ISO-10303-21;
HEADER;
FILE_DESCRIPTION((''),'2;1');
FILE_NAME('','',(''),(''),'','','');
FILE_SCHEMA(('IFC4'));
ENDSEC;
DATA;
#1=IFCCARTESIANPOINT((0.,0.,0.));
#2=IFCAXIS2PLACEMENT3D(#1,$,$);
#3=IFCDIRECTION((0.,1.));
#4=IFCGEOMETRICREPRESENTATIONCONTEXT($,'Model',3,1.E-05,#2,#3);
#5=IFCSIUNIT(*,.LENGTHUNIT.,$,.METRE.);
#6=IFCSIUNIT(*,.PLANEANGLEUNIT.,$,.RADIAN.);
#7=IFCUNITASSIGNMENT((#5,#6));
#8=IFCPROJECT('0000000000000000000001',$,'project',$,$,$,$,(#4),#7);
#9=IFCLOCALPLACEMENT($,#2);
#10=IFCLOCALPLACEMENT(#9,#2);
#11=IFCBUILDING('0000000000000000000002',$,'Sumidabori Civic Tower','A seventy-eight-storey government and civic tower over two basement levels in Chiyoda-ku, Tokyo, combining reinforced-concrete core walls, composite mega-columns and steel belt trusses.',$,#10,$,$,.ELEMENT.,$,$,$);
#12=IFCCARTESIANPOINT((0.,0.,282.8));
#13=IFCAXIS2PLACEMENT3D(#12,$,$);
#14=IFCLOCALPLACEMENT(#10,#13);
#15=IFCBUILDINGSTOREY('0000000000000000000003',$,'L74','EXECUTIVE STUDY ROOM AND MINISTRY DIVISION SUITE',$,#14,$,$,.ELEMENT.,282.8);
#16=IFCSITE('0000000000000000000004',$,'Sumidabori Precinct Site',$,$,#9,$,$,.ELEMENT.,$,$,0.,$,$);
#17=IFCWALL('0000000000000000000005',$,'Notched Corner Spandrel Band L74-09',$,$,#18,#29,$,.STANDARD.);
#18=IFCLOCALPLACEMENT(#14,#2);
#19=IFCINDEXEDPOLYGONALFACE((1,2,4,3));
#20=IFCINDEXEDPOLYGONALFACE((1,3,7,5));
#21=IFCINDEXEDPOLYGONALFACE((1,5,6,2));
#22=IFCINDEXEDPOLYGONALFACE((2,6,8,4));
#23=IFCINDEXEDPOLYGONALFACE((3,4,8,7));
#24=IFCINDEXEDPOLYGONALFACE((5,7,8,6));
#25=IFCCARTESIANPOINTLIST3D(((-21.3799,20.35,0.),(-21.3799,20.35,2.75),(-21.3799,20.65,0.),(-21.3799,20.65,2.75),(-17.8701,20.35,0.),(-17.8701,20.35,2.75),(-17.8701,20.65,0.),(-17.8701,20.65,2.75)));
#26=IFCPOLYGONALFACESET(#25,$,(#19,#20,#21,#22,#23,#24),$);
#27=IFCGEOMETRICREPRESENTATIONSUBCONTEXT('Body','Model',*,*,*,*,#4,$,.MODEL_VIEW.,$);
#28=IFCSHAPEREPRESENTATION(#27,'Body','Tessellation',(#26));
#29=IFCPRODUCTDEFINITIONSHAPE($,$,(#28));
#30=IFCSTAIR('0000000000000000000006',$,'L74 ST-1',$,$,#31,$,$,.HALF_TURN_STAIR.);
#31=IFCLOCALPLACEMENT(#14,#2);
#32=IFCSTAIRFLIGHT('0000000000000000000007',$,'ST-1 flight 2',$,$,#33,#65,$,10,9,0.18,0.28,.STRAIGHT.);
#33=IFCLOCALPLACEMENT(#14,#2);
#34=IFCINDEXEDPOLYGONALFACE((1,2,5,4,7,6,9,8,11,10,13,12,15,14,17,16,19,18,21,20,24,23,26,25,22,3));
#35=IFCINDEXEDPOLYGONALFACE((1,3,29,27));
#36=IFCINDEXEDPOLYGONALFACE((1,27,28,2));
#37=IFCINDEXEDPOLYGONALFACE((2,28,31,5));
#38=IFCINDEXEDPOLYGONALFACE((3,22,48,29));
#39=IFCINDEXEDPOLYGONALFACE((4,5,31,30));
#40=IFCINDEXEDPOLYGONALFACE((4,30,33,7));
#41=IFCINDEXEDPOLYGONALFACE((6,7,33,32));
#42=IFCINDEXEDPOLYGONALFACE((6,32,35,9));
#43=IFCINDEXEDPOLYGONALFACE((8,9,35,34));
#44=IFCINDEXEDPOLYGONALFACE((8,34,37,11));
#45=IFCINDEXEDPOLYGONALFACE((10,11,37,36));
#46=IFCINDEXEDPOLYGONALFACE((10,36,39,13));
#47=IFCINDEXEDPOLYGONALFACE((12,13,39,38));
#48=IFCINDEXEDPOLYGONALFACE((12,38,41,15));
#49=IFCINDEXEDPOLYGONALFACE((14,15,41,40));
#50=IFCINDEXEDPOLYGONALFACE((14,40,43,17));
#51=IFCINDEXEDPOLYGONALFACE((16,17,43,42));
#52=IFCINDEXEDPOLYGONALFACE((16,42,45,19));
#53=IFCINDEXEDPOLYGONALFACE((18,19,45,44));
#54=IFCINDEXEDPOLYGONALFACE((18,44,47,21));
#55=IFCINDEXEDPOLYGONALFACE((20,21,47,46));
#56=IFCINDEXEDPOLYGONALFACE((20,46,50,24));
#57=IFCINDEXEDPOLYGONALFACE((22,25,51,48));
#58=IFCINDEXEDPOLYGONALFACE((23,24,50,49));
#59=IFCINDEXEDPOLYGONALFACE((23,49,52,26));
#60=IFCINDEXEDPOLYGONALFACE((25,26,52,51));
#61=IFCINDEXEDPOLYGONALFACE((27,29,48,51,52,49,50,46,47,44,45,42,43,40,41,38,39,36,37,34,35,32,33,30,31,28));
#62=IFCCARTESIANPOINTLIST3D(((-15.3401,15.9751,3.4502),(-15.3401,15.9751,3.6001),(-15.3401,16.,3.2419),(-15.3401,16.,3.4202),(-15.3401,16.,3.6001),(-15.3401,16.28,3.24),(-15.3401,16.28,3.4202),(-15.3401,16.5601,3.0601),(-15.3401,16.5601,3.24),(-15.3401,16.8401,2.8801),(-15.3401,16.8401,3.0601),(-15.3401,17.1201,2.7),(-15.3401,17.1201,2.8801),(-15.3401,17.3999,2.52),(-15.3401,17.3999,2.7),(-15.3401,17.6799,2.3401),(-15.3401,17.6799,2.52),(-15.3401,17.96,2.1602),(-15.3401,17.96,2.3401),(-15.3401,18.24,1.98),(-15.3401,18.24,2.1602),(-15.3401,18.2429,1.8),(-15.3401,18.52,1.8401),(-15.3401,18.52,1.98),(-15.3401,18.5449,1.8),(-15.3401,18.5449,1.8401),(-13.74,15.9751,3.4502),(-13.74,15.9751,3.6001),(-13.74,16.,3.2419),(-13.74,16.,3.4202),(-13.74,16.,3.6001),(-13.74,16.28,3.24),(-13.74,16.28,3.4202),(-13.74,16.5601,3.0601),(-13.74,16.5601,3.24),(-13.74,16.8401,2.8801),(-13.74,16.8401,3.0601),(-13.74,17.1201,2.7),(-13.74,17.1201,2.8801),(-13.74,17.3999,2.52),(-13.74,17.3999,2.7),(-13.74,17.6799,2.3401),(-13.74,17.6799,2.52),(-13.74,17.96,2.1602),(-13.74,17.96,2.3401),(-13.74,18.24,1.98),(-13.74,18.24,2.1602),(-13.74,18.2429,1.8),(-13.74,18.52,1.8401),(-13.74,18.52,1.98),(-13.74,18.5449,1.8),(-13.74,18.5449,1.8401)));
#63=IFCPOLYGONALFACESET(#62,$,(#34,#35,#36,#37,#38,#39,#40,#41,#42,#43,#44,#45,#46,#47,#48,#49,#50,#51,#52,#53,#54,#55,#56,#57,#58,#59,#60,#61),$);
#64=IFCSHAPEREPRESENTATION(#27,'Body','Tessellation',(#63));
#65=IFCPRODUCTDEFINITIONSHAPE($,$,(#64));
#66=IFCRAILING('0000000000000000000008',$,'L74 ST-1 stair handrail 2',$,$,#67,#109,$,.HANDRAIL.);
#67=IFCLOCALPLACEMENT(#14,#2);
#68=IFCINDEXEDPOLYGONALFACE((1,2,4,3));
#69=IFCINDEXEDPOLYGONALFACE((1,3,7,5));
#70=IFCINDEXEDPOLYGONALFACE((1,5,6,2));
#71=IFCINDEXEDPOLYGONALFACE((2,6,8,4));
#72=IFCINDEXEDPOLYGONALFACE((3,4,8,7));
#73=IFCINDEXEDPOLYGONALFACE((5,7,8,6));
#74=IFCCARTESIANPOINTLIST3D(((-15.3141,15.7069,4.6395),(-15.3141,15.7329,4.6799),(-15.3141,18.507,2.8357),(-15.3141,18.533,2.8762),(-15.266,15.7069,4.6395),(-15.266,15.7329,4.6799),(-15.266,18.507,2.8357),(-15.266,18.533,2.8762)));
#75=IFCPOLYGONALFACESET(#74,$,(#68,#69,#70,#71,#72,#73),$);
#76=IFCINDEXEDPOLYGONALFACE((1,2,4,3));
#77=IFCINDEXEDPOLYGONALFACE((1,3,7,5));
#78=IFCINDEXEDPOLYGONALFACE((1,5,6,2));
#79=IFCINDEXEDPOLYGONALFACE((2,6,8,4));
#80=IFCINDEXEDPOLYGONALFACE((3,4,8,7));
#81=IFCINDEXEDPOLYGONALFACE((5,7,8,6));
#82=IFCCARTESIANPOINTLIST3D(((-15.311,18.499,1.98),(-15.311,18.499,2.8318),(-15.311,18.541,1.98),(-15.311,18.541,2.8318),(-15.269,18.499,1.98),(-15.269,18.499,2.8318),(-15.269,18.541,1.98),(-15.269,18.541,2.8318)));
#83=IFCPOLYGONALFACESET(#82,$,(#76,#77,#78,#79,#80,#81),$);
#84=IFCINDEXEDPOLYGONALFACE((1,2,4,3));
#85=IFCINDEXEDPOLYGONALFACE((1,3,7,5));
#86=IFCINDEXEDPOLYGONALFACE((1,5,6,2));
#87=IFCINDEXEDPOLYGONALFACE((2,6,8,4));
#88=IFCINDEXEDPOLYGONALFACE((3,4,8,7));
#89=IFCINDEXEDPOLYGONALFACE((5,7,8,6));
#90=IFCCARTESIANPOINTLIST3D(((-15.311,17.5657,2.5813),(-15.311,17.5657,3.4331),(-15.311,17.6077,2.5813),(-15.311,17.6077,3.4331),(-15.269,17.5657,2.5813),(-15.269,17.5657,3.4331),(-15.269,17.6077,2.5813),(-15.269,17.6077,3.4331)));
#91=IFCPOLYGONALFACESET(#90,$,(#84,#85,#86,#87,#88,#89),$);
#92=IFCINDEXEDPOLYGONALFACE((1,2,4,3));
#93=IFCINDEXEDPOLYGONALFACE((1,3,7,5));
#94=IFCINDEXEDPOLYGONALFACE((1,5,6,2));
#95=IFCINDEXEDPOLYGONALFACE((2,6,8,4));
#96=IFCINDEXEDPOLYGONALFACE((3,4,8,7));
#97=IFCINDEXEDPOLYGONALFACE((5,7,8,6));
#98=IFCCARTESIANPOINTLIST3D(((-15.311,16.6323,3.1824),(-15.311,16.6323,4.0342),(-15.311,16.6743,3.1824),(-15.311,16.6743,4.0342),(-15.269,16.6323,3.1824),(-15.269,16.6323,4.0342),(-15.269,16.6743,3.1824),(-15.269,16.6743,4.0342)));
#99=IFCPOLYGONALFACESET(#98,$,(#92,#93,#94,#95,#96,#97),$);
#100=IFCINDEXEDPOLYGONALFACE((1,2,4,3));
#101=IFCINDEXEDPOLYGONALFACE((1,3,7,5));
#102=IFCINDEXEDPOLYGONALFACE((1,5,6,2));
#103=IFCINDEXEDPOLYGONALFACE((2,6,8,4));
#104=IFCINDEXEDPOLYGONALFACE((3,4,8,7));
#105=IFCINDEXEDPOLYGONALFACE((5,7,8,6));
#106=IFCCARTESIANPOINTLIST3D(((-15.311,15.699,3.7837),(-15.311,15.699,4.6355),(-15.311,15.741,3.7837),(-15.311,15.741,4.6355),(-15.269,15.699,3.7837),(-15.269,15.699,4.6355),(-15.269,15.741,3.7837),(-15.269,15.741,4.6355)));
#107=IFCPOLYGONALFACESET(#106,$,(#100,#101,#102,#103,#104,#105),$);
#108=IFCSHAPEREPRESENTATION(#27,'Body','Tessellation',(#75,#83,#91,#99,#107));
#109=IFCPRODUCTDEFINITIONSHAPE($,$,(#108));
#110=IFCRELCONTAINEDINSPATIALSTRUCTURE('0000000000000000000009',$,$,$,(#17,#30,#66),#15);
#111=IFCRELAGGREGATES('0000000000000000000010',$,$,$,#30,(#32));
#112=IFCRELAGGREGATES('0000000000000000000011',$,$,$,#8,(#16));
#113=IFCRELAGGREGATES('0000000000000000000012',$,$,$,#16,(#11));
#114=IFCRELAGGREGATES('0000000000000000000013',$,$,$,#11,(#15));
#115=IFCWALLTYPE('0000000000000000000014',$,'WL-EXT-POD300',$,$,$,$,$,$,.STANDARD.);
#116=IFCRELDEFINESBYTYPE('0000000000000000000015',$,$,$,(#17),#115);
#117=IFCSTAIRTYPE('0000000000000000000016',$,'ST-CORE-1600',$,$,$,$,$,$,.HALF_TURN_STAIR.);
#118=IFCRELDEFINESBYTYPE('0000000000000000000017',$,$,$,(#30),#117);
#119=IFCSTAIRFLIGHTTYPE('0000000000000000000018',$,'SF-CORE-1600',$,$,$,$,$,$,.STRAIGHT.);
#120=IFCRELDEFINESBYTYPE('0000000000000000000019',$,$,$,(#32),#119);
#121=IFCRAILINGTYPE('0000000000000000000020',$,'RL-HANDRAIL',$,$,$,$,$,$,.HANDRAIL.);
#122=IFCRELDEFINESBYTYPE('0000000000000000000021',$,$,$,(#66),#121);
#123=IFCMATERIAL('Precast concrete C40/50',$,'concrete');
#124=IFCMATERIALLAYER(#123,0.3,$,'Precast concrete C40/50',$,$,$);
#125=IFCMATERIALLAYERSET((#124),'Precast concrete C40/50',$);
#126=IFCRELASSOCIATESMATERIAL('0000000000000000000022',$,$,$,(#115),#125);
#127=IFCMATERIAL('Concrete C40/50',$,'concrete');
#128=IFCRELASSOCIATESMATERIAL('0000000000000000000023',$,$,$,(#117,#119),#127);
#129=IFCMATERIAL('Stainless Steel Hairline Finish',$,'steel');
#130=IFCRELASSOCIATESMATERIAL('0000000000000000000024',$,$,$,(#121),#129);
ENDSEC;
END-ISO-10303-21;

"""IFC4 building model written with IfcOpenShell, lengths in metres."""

from ifc_helpers import new_model, si_unit, direction, frame, frame_2d, origin, origin_2d, place, context, subcontext, project, spatial, polyline, rectangle, outline, extrude, source, transform, mapped, material, layer, layer_set, type_object, element, aggregate, save


model = new_model("IFC4")

# Units and contexts
model_context = context("Model", 3, precision=1e-05, world=origin(), true_north=direction((0.0, 1.0)))
body_context = subcontext(model_context, "Body", "Model", "MODEL_VIEW")
ifc_project = project(units=[si_unit("LENGTHUNIT", "METRE"), si_unit("PLANEANGLEUNIT", "RADIAN")], contexts=[model_context])

# Site, building, storey
site_placement = place(None, origin())
site = spatial("IfcSite", under=ifc_project, at=site_placement, Name="Sumidabori Precinct Site", CompositionType="ELEMENT", RefElevation=0.0)
building_placement = place(site_placement, origin())
building = spatial("IfcBuilding", under=site, at=building_placement, Name="Sumidabori Civic Tower", Description="A seventy-eight-storey government and civic tower over two basement levels in Chiyoda-ku, Tokyo, combining reinforced-concrete core walls, composite mega-columns and steel belt trusses.", CompositionType="ELEMENT")
storey_placement = place(building_placement, frame((0.0, 0.0, 282.8)))
storey = spatial("IfcBuildingStorey", under=building, at=storey_placement, Name="L74", Description="EXECUTIVE STUDY ROOM AND MINISTRY DIVISION SUITE", CompositionType="ELEMENT", Elevation=282.8)

# Wall
ifc_material_1 = material(Name="Precast concrete C40/50", Category="concrete")
ifc_layer_1 = layer(ifc_material_1, 0.3, Name="Precast concrete C40/50")
ifc_layer_set_1 = layer_set([ifc_layer_1], Name="Precast concrete C40/50")
wall_type_1 = type_object("IfcWallType", Name="WL-EXT-POD300", PredefinedType="STANDARD", material=ifc_layer_set_1)
shared_shape_1 = source(origin(), body_context, "Body", "SweptSolid", [
    extrude(rectangle(XDim=3.5098, YDim=0.3, at=frame_2d((1.7549, 0.0))), origin(), (0.0, 0.0, 1.0), 2.75),
])
wall_1_placement = place(storey_placement, frame((-17.8701, 20.5, 0.0), z_axis=(0.0, 0.0, 1.0), x_axis=(-1.0, 0.0, 0.0)))
element("IfcWall", 1, at=wall_1_placement, inside=storey, type_object=wall_type_1, Name="Notched Corner Spandrel Band L74-09", PredefinedType="STANDARD", context=body_context, shape_type="MappedRepresentation", body=[
    mapped(shared_shape_1, transform((0.0, 0.0, 0.0), x_axis=(1.0, 0.0, 0.0), y_axis=(0.0, 1.0, 0.0), z_axis=(0.0, 0.0, 1.0), scale=1.0)),
])

# Stair, stair flight
ifc_material_2 = material(Name="Concrete C40/50", Category="concrete")
stair_type = type_object("IfcStairType", Name="ST-CORE-1600", PredefinedType="HALF_TURN_STAIR", material=ifc_material_2)
stair_placement = place(storey_placement, origin())
stair = element("IfcStair", 2, at=stair_placement, inside=storey, type_object=stair_type, Name="L74 ST-1", PredefinedType="HALF_TURN_STAIR")
stair_flight_type = type_object("IfcStairFlightType", Name="SF-CORE-1600", PredefinedType="STRAIGHT", material=ifc_material_2)
shared_shape_2 = source(origin(), body_context, "Body", "SweptSolid", [
    extrude(outline(polyline([(-0.0249, 0.0), (-0.0249, 0.04), (0.0, 0.04), (0.0, 0.1799), (0.28, 0.1799), (0.28, 0.3601), (0.5601, 0.3601), (0.5601, 0.54), (0.8401, 0.54), (0.8401, 0.72), (1.1201, 0.72), (1.1201, 0.8999), (1.3999, 0.8999), (1.3999, 1.0801), (1.6799, 1.0801), (1.6799, 1.26), (1.96, 1.26), (1.96, 1.4399), (2.24, 1.4399), (2.24, 1.6201), (2.52, 1.6201), (2.52, 1.8), (2.5449, 1.8), (2.5449, 1.6501), (2.52, 1.4419), (0.2771, 0.0), (-0.0249, 0.0)])), frame((0.0, 0.8, 0.0), z_axis=(0.0, -1.0, 0.0), x_axis=(1.0, 0.0, 0.0)), (0.0, 0.0, 1.0), 1.6001),
])
stair_flight_placement = place(storey_placement, frame((-14.54, 18.52, 1.8), z_axis=(0.0, 0.0, 1.0), x_axis=(0.0, -1.0, 0.0)))
stair_flight = element("IfcStairFlight", 3, at=stair_flight_placement, type_object=stair_flight_type, Name="ST-1 flight 2", NumberOfRisers=10, NumberOfTreads=9, PredefinedType="STRAIGHT", RiserHeight=0.18, TreadLength=0.28, context=body_context, shape_type="MappedRepresentation", body=[
    mapped(shared_shape_2, transform((0.0, 0.0, 0.0), x_axis=(1.0, 0.0, 0.0), y_axis=(0.0, 1.0, 0.0), z_axis=(0.0, 0.0, 1.0), scale=1.0)),
])
aggregate(stair, [stair_flight])

# Railing
ifc_material_3 = material(Name="Stainless Steel Hairline Finish", Category="steel")
railing_type = type_object("IfcRailingType", Name="RL-HANDRAIL", PredefinedType="HANDRAIL", material=ifc_material_3)
railing_placement = place(storey_placement, frame((-15.29, 18.52, 1.98)))
element("IfcRailing", 4, at=railing_placement, inside=storey, type_object=railing_type, Name="L74 ST-1 stair handrail 2", PredefinedType="HANDRAIL", context=body_context, shape_type="SweptSolid", body=[
    extrude(rectangle(XDim=0.0481, YDim=0.0481, at=origin_2d()), frame((0.0, 0.0, 0.876), z_axis=(0.0, -0.840676, 0.541539), x_axis=(1.0, 0.0, 0.0)), (0.0, 0.0, 1.0), 3.3308),
    extrude(rectangle(XDim=0.042, YDim=0.042, at=origin_2d()), origin(), (0.0, 0.0, 1.0), 0.8518),
    extrude(rectangle(XDim=0.042, YDim=0.042, at=origin_2d()), frame((0.0, -0.9333, 0.6013)), (0.0, 0.0, 1.0), 0.8518),
    extrude(rectangle(XDim=0.042, YDim=0.042, at=origin_2d()), frame((0.0, -1.8667, 1.2024)), (0.0, 0.0, 1.0), 0.8518),
    extrude(rectangle(XDim=0.042, YDim=0.042, at=origin_2d()), frame((0.0, -2.8, 1.8037)), (0.0, 0.0, 1.0), 0.8518),
])

save(model, "model.ifc")
